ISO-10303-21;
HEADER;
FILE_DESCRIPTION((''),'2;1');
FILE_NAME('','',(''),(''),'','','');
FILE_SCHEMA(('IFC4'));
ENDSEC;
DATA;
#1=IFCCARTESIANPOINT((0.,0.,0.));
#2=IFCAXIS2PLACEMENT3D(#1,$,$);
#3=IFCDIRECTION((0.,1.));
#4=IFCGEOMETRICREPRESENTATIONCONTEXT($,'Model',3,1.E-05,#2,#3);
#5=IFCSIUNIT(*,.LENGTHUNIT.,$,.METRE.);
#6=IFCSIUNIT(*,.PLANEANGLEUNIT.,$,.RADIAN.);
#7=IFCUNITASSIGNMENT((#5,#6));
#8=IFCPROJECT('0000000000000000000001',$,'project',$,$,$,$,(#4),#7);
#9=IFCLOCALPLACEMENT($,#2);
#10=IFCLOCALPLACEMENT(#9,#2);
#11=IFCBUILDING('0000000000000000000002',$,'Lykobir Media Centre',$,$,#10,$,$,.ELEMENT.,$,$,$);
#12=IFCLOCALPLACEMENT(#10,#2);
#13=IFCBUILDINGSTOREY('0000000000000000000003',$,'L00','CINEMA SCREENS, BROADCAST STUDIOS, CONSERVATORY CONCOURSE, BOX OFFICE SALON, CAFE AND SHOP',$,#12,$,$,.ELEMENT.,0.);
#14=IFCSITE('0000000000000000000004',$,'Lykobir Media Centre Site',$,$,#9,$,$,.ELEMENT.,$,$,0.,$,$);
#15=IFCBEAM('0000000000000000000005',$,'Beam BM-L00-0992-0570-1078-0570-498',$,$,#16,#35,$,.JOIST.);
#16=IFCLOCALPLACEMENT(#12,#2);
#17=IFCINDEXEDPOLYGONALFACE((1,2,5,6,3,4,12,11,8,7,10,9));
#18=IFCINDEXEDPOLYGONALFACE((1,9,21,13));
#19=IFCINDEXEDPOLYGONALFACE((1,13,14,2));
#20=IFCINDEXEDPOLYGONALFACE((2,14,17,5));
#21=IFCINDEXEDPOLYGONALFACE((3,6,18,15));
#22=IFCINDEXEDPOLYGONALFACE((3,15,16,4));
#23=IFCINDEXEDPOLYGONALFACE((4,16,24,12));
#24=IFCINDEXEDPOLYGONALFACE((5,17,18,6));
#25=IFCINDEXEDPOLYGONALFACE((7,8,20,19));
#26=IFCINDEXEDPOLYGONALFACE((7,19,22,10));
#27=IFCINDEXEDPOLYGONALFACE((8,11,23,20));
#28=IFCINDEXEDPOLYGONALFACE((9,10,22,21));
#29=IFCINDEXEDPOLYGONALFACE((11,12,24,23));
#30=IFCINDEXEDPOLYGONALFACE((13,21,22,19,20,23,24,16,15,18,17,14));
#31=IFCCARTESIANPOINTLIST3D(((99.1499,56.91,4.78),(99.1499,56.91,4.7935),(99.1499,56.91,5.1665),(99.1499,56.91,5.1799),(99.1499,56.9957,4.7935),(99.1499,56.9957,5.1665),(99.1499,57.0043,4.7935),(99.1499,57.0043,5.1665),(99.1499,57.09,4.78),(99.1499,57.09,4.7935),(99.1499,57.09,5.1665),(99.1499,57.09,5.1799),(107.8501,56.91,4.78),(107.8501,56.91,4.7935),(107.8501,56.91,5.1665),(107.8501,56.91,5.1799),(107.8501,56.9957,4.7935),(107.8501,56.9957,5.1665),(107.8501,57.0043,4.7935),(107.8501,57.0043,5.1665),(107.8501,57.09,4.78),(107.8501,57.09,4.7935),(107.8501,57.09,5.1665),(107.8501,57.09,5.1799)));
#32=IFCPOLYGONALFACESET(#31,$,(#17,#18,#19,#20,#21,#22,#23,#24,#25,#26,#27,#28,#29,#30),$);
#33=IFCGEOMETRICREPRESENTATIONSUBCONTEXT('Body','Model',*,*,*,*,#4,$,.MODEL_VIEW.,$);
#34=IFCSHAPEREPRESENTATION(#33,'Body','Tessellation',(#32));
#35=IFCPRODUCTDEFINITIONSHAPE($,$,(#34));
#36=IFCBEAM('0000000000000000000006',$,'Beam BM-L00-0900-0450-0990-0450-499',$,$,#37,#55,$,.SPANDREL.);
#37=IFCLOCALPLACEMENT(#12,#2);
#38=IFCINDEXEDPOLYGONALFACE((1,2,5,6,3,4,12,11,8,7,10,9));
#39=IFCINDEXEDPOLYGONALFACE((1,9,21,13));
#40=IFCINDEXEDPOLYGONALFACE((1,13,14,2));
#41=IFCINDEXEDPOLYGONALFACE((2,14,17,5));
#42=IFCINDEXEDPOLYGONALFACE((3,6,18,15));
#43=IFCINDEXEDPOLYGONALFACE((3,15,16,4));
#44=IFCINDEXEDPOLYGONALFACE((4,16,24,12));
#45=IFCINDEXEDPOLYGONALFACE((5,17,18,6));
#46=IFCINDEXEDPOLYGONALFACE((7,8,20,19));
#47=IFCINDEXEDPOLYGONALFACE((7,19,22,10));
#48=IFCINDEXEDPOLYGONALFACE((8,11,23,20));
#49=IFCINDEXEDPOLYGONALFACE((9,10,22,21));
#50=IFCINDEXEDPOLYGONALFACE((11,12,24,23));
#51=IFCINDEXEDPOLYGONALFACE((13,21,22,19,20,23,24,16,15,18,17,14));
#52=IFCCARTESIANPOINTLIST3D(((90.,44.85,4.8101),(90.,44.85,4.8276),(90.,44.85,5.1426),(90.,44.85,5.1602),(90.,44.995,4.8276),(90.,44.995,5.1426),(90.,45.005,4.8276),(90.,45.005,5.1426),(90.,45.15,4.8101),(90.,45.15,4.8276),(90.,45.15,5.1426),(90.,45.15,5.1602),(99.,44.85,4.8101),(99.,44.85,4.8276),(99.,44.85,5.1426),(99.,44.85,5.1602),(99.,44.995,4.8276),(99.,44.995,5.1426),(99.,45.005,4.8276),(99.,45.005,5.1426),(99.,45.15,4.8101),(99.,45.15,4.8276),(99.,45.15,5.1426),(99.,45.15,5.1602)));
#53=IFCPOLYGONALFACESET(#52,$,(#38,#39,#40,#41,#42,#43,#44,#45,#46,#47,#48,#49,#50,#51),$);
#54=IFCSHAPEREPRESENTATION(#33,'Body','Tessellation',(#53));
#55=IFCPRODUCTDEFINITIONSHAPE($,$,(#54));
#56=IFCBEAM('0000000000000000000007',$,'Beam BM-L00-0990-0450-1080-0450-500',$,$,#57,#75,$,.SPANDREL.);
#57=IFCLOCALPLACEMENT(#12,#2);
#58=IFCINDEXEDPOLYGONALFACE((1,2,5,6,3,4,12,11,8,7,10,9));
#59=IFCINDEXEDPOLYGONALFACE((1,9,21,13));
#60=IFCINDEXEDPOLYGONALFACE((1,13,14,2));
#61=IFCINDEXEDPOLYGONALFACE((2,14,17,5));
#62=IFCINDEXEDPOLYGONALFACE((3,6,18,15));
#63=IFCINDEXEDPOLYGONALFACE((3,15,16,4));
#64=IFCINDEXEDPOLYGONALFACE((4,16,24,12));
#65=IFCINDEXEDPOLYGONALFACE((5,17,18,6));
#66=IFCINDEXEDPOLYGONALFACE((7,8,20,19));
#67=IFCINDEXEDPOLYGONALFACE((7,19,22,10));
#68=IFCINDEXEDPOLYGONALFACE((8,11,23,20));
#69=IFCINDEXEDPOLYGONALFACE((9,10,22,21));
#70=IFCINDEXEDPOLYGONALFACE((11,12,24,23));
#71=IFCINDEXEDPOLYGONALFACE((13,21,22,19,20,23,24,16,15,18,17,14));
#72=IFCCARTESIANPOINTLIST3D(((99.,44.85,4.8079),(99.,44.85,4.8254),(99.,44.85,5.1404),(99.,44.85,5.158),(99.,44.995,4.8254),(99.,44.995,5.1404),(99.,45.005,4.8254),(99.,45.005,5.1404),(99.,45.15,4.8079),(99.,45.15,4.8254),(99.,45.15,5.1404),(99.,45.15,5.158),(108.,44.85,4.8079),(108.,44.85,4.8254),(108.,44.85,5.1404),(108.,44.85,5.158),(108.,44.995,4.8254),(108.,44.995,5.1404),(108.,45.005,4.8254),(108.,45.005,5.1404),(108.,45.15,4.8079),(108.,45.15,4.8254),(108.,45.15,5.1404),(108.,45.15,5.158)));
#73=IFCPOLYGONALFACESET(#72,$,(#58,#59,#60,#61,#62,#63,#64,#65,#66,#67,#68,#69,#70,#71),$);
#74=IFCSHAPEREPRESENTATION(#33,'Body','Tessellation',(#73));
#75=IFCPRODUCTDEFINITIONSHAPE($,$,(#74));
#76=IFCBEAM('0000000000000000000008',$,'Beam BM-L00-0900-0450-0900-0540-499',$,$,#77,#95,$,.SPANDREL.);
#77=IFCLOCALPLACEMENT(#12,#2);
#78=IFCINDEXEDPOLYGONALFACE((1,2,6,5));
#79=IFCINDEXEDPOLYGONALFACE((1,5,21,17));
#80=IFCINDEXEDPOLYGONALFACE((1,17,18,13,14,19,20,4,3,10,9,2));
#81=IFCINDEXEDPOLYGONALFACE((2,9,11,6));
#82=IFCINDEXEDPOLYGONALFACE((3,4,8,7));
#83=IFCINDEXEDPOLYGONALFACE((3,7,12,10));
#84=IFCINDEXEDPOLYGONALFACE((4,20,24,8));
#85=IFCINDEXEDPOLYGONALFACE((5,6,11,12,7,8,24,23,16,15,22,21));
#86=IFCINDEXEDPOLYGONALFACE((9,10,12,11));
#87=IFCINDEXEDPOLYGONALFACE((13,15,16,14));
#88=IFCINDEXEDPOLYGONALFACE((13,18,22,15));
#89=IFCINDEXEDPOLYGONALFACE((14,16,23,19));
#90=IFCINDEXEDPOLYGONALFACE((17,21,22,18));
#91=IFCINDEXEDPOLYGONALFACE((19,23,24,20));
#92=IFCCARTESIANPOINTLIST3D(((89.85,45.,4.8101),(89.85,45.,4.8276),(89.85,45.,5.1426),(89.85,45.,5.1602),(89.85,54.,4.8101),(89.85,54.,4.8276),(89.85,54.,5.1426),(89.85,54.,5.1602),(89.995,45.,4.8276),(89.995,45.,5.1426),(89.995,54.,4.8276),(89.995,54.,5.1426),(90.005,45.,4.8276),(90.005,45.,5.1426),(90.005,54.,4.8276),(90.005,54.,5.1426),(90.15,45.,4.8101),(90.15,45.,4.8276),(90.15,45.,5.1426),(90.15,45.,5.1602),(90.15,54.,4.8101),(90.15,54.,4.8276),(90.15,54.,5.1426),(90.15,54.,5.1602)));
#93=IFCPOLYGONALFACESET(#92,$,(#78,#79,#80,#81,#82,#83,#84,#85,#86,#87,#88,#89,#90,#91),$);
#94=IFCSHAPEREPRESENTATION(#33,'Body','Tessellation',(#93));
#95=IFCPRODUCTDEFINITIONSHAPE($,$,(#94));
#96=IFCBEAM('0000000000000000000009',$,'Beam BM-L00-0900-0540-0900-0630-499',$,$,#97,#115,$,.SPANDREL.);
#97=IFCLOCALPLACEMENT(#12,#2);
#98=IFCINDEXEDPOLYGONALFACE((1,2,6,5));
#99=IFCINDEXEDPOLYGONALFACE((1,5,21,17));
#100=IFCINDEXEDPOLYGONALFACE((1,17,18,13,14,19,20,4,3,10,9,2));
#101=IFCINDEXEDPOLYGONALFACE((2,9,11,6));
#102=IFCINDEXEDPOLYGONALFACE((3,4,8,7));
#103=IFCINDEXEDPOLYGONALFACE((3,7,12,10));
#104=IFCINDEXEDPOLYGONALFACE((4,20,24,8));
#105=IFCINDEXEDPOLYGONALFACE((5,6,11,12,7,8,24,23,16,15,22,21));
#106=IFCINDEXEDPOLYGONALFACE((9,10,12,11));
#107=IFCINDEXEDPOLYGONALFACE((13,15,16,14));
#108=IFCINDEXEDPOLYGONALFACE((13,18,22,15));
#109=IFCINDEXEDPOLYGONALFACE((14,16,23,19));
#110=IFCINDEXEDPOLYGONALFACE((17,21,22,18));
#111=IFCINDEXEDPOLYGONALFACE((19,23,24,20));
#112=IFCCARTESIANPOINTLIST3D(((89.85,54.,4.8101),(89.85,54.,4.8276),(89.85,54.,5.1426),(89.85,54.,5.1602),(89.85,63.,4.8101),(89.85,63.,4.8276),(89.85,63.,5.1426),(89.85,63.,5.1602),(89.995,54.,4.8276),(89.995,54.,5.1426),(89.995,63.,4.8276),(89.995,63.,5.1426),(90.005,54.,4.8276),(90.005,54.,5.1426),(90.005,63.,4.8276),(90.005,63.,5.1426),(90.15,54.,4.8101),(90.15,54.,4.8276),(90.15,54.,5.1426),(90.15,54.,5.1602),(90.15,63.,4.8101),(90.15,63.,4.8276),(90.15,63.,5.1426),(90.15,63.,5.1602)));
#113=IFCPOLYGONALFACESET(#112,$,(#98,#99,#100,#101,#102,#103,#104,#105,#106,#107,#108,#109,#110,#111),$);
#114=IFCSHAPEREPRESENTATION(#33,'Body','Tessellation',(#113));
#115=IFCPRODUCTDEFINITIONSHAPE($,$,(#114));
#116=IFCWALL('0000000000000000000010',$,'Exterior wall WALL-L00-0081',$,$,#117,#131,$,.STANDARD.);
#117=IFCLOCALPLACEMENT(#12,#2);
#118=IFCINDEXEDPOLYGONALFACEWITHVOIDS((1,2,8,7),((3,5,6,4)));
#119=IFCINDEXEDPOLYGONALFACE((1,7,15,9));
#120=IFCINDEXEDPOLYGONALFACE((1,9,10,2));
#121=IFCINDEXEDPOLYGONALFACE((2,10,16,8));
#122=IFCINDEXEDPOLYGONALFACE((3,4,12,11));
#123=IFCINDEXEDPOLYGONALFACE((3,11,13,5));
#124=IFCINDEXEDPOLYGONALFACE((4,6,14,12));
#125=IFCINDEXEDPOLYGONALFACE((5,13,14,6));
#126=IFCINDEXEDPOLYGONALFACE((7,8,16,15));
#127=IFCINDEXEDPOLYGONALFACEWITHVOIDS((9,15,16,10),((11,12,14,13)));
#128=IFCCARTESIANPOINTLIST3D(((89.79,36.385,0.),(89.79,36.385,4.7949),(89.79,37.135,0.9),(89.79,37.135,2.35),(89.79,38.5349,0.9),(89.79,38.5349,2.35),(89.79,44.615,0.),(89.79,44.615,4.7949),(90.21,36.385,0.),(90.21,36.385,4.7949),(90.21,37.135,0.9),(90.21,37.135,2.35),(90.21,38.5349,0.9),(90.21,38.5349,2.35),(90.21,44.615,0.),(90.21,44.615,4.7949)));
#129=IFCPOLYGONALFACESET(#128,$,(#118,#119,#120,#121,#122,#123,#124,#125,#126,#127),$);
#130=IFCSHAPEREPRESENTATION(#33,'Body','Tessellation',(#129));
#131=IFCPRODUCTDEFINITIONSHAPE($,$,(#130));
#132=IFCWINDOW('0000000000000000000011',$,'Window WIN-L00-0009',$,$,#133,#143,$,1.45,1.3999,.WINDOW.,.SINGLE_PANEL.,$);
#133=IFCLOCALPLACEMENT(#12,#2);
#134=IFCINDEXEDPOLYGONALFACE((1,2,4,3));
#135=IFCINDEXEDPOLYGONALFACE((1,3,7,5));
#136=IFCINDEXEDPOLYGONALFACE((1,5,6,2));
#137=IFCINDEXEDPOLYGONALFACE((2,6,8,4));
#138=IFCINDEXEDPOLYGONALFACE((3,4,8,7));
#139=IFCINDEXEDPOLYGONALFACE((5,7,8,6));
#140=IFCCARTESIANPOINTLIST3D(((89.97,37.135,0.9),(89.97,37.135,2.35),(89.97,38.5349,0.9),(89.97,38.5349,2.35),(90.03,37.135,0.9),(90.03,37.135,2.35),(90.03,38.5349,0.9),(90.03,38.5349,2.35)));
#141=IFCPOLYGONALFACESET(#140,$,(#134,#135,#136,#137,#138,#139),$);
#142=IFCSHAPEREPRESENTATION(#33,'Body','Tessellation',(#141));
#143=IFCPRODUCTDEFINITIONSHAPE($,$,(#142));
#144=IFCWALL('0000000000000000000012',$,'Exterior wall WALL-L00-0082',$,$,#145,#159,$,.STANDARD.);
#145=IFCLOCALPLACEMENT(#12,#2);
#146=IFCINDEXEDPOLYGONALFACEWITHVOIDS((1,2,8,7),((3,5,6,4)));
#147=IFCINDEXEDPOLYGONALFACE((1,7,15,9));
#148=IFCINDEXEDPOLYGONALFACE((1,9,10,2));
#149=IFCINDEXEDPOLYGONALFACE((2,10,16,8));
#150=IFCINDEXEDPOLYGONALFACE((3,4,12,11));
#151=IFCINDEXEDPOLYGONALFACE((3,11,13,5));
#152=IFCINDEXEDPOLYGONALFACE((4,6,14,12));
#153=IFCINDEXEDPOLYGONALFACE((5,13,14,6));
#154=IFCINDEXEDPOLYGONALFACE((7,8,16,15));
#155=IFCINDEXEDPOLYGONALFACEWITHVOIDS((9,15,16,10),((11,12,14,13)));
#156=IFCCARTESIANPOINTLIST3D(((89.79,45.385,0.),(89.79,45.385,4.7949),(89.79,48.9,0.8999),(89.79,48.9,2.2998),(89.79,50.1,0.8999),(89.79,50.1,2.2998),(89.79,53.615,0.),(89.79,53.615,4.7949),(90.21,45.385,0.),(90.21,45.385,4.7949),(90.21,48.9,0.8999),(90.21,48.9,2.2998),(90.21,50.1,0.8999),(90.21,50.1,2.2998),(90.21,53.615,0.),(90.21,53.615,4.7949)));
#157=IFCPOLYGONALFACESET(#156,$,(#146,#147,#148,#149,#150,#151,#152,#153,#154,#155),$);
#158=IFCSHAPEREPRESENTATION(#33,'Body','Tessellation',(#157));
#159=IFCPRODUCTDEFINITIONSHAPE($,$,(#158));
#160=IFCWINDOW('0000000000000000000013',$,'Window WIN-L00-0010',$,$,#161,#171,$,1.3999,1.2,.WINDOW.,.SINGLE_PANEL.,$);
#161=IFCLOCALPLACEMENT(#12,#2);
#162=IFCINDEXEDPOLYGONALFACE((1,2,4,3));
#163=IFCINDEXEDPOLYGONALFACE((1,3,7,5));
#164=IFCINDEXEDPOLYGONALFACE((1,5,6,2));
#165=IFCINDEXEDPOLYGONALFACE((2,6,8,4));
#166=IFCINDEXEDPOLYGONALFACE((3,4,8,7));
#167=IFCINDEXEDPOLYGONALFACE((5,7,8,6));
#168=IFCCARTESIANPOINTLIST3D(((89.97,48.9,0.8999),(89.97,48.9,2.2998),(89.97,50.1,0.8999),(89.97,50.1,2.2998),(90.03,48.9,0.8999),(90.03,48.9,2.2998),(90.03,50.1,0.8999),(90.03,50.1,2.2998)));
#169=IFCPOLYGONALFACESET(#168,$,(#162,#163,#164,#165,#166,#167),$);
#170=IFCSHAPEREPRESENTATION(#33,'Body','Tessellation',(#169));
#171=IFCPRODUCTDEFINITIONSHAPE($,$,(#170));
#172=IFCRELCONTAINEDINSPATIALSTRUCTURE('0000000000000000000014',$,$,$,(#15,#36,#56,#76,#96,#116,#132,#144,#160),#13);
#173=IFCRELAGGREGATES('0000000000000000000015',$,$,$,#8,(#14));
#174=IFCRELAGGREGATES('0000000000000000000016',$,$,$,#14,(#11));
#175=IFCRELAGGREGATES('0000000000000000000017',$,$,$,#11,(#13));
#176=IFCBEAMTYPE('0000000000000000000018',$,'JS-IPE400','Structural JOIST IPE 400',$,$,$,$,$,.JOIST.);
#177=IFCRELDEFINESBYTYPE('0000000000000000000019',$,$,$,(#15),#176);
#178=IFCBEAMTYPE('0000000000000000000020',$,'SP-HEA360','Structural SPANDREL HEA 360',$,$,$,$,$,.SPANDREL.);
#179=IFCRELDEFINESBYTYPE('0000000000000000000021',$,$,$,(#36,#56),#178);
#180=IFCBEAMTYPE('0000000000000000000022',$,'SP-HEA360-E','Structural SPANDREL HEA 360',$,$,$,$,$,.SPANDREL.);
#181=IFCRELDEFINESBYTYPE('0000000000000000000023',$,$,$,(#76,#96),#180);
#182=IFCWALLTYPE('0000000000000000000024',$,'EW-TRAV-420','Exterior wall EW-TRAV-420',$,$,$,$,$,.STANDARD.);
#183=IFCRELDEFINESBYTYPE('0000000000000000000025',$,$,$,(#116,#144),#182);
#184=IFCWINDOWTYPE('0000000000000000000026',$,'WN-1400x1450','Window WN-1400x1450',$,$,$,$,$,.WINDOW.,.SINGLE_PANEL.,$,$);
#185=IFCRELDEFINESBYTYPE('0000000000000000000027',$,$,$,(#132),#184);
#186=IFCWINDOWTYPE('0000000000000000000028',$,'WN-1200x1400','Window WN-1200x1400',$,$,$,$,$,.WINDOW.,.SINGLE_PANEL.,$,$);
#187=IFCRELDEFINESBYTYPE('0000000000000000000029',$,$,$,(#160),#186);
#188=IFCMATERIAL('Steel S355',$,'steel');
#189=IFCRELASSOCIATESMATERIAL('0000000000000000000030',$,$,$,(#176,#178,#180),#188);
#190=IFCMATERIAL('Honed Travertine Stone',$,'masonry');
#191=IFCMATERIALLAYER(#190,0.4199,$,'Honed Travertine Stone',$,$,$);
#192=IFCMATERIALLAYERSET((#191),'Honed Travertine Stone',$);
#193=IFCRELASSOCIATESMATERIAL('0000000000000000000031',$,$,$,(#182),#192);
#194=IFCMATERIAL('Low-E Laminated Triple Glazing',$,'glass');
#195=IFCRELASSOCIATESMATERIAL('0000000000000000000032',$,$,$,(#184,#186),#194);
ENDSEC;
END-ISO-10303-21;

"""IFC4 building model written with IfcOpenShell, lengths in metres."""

from ifc_helpers import new_model, si_unit, direction, frame, frame_2d, origin, origin_2d, place, context, subcontext, project, spatial, rectangle, i_section, extrude, material, layer, layer_set, material_profile, profile_set, type_object, element, fill, save


model = new_model("IFC4")

# Units and contexts
model_context = context("Model", 3, precision=1e-05, world=origin(), true_north=direction((0.0, 1.0)))
body_context = subcontext(model_context, "Body", "Model", "MODEL_VIEW")
ifc_project = project(units=[si_unit("LENGTHUNIT", "METRE"), si_unit("PLANEANGLEUNIT", "RADIAN")], contexts=[model_context])

# Site, building, storey
site_placement = place(None, origin())
site = spatial("IfcSite", under=ifc_project, at=site_placement, Name="Lykobir Media Centre Site", CompositionType="ELEMENT", RefElevation=0.0)
building_placement = place(site_placement, origin())
building = spatial("IfcBuilding", under=site, at=building_placement, Name="Lykobir Media Centre", CompositionType="ELEMENT")
storey_placement = place(building_placement, origin())
storey = spatial("IfcBuildingStorey", under=building, at=storey_placement, Name="L00", Description="CINEMA SCREENS, BROADCAST STUDIOS, CONSERVATORY CONCOURSE, BOX OFFICE SALON, CAFE AND SHOP", CompositionType="ELEMENT", Elevation=0.0)

# Beams
ifc_material_1 = material(Name="Steel S355", Category="steel")
ifc_material_profile_1 = material_profile(ifc_material_1, i_section(OverallWidth=0.1799, OverallDepth=0.3999, WebThickness=0.0085, FlangeThickness=0.0134, at=origin_2d()), Name="IPE 400")
ifc_profile_set_1 = profile_set([ifc_material_profile_1], Name="Steel S355")
beam_type_1 = type_object("IfcBeamType", Name="JS-IPE400", Description="Structural JOIST IPE 400", PredefinedType="JOIST", material=ifc_profile_set_1)
for number, where, z_axis, x_axis, name in (
    (1, (99.1499, 57.0, 4.98), (1.0, 0.0, 0.0), (0.0, 1.0, 0.0), "Beam BM-L00-0992-0570-1078-0570-498"),
):
    element("IfcBeam", number, at=place(storey_placement, frame(where, z_axis=z_axis, x_axis=x_axis)), inside=storey, type_object=beam_type_1, Name=name, PredefinedType="JOIST", context=body_context, shape_type="SweptSolid", body=[
        extrude(i_section(OverallWidth=0.1799, OverallDepth=0.3999, WebThickness=0.0085, FlangeThickness=0.0134, at=origin_2d()), origin(), (0.0, 0.0, 1.0), 8.7002),
    ])
ifc_material_profile_2 = material_profile(ifc_material_1, i_section(OverallWidth=0.3, OverallDepth=0.3501, WebThickness=0.01, FlangeThickness=0.0176, at=origin_2d()), Name="HEA 360")
ifc_profile_set_2 = profile_set([ifc_material_profile_2], Name="Steel S355")
beam_type_2 = type_object("IfcBeamType", Name="SP-HEA360", Description="Structural SPANDREL HEA 360", PredefinedType="SPANDREL", material=ifc_profile_set_2)
for number, where, z_axis, x_axis, name in (
    (2, (90.0, 45.0, 4.9851), (1.0, 0.0, 0.0), (0.0, 1.0, 0.0), "Beam BM-L00-0900-0450-0990-0450-499"),
    (3, (99.0, 45.0, 4.9829), (1.0, 0.0, 0.0), (0.0, 1.0, 0.0), "Beam BM-L00-0990-0450-1080-0450-500"),
):
    element("IfcBeam", number, at=place(storey_placement, frame(where, z_axis=z_axis, x_axis=x_axis)), inside=storey, type_object=beam_type_2, Name=name, PredefinedType="SPANDREL", context=body_context, shape_type="SweptSolid", body=[
        extrude(i_section(OverallWidth=0.3, OverallDepth=0.3501, WebThickness=0.01, FlangeThickness=0.0176, at=origin_2d()), origin(), (0.0, 0.0, 1.0), 9.0),
    ])
ifc_material_profile_3 = material_profile(ifc_material_1, i_section(OverallWidth=0.3, OverallDepth=0.3501, WebThickness=0.01, FlangeThickness=0.0176, at=origin_2d()), Name="HEA 360")
ifc_profile_set_3 = profile_set([ifc_material_profile_3], Name="Steel S355")
beam_type_3 = type_object("IfcBeamType", Name="SP-HEA360-E", Description="Structural SPANDREL HEA 360", PredefinedType="SPANDREL", material=ifc_profile_set_3)
for number, where, z_axis, x_axis, name in (
    (4, (90.0, 45.0, 4.9851), (0.0, 1.0, 0.0), (-1.0, 0.0, 0.0), "Beam BM-L00-0900-0450-0900-0540-499"),
    (5, (90.0, 54.0, 4.9851), (0.0, 1.0, 0.0), (-1.0, 0.0, 0.0), "Beam BM-L00-0900-0540-0900-0630-499"),
):
    element("IfcBeam", number, at=place(storey_placement, frame(where, z_axis=z_axis, x_axis=x_axis)), inside=storey, type_object=beam_type_3, Name=name, PredefinedType="SPANDREL", context=body_context, shape_type="SweptSolid", body=[
        extrude(i_section(OverallWidth=0.3, OverallDepth=0.3501, WebThickness=0.01, FlangeThickness=0.0176, at=origin_2d()), origin(), (0.0, 0.0, 1.0), 9.0),
    ])

# Walls, openings, windows
ifc_material_2 = material(Name="Honed Travertine Stone", Category="masonry")
ifc_layer_1 = layer(ifc_material_2, 0.4199, Name="Honed Travertine Stone")
ifc_layer_set_1 = layer_set([ifc_layer_1], Name="Honed Travertine Stone")
wall_type_1 = type_object("IfcWallType", Name="EW-TRAV-420", Description="Exterior wall EW-TRAV-420", PredefinedType="STANDARD", material=ifc_layer_set_1)
wall_1_placement = place(storey_placement, frame((90.0, 44.615, 0.0), z_axis=(0.0, 0.0, 1.0), x_axis=(0.0, -1.0, 0.0)))
wall_1 = element("IfcWall", 6, at=wall_1_placement, inside=storey, type_object=wall_type_1, Name="Exterior wall WALL-L00-0081", PredefinedType="STANDARD", context=body_context, shape_type="SweptSolid", body=[
    extrude(rectangle(XDim=8.23, YDim=0.4199, at=frame_2d((4.115, 0.0))), origin(), (0.0, 0.0, 1.0), 4.7949),
])
opening_1_placement = place(wall_1_placement, frame((6.0801, 0.0, 0.8999)))
opening_1 = element("IfcOpeningElement", 7, at=opening_1_placement, cuts=wall_1, PredefinedType="OPENING", context=body_context, shape_type="SweptSolid", body=[
    extrude(rectangle(XDim=1.3999, YDim=1.45, at=frame_2d((0.7, 0.7251))), frame((0.0, 0.22, 0.0), z_axis=(0.0, -1.0, 0.0), x_axis=(1.0, 0.0, 0.0)), (0.0, 0.0, 1.0), 0.4399),
])
ifc_material_3 = material(Name="Low-E Laminated Triple Glazing", Category="glass")
window_type_1 = type_object("IfcWindowType", Name="WN-1400x1450", Description="Window WN-1400x1450", PartitioningType="SINGLE_PANEL", PredefinedType="WINDOW", material=ifc_material_3)
window_1_placement = place(opening_1_placement, origin())
window_1 = element("IfcWindow", 8, at=window_1_placement, inside=storey, type_object=window_type_1, Name="Window WIN-L00-0009", OverallHeight=1.45, OverallWidth=1.3999, PartitioningType="SINGLE_PANEL", PredefinedType="WINDOW", context=body_context, shape_type="SweptSolid", body=[
    extrude(rectangle(XDim=1.3999, YDim=1.45, at=frame_2d((0.7, 0.7251))), frame((0.0, 0.03, 0.0), z_axis=(0.0, -1.0, 0.0), x_axis=(1.0, 0.0, 0.0)), (0.0, 0.0, 1.0), 0.0601),
])
fill(opening_1, window_1)
wall_2_placement = place(storey_placement, frame((90.0, 53.615, 0.0), z_axis=(0.0, 0.0, 1.0), x_axis=(0.0, -1.0, 0.0)))
wall_2 = element("IfcWall", 9, at=wall_2_placement, inside=storey, type_object=wall_type_1, Name="Exterior wall WALL-L00-0082", PredefinedType="STANDARD", context=body_context, shape_type="SweptSolid", body=[
    extrude(rectangle(XDim=8.23, YDim=0.4199, at=frame_2d((4.115, 0.0))), origin(), (0.0, 0.0, 1.0), 4.7949),
])
opening_2_placement = place(wall_2_placement, frame((3.5149, 0.0, 0.8999)))
opening_2 = element("IfcOpeningElement", 10, at=opening_2_placement, cuts=wall_2, PredefinedType="OPENING", context=body_context, shape_type="SweptSolid", body=[
    extrude(rectangle(XDim=1.2, YDim=1.3999, at=frame_2d((0.6001, 0.7))), frame((0.0, 0.22, 0.0), z_axis=(0.0, -1.0, 0.0), x_axis=(1.0, 0.0, 0.0)), (0.0, 0.0, 1.0), 0.4399),
])
window_type_2 = type_object("IfcWindowType", Name="WN-1200x1400", Description="Window WN-1200x1400", PartitioningType="SINGLE_PANEL", PredefinedType="WINDOW", material=ifc_material_3)
window_2_placement = place(opening_2_placement, origin())
window_2 = element("IfcWindow", 11, at=window_2_placement, inside=storey, type_object=window_type_2, Name="Window WIN-L00-0010", OverallHeight=1.3999, OverallWidth=1.2, PartitioningType="SINGLE_PANEL", PredefinedType="WINDOW", context=body_context, shape_type="SweptSolid", body=[
    extrude(rectangle(XDim=1.2, YDim=1.3999, at=frame_2d((0.6001, 0.7))), frame((0.0, 0.03, 0.0), z_axis=(0.0, -1.0, 0.0), x_axis=(1.0, 0.0, 0.0)), (0.0, 0.0, 1.0), 0.0601),
])
fill(opening_2, window_2)

save(model, "model.ifc")
